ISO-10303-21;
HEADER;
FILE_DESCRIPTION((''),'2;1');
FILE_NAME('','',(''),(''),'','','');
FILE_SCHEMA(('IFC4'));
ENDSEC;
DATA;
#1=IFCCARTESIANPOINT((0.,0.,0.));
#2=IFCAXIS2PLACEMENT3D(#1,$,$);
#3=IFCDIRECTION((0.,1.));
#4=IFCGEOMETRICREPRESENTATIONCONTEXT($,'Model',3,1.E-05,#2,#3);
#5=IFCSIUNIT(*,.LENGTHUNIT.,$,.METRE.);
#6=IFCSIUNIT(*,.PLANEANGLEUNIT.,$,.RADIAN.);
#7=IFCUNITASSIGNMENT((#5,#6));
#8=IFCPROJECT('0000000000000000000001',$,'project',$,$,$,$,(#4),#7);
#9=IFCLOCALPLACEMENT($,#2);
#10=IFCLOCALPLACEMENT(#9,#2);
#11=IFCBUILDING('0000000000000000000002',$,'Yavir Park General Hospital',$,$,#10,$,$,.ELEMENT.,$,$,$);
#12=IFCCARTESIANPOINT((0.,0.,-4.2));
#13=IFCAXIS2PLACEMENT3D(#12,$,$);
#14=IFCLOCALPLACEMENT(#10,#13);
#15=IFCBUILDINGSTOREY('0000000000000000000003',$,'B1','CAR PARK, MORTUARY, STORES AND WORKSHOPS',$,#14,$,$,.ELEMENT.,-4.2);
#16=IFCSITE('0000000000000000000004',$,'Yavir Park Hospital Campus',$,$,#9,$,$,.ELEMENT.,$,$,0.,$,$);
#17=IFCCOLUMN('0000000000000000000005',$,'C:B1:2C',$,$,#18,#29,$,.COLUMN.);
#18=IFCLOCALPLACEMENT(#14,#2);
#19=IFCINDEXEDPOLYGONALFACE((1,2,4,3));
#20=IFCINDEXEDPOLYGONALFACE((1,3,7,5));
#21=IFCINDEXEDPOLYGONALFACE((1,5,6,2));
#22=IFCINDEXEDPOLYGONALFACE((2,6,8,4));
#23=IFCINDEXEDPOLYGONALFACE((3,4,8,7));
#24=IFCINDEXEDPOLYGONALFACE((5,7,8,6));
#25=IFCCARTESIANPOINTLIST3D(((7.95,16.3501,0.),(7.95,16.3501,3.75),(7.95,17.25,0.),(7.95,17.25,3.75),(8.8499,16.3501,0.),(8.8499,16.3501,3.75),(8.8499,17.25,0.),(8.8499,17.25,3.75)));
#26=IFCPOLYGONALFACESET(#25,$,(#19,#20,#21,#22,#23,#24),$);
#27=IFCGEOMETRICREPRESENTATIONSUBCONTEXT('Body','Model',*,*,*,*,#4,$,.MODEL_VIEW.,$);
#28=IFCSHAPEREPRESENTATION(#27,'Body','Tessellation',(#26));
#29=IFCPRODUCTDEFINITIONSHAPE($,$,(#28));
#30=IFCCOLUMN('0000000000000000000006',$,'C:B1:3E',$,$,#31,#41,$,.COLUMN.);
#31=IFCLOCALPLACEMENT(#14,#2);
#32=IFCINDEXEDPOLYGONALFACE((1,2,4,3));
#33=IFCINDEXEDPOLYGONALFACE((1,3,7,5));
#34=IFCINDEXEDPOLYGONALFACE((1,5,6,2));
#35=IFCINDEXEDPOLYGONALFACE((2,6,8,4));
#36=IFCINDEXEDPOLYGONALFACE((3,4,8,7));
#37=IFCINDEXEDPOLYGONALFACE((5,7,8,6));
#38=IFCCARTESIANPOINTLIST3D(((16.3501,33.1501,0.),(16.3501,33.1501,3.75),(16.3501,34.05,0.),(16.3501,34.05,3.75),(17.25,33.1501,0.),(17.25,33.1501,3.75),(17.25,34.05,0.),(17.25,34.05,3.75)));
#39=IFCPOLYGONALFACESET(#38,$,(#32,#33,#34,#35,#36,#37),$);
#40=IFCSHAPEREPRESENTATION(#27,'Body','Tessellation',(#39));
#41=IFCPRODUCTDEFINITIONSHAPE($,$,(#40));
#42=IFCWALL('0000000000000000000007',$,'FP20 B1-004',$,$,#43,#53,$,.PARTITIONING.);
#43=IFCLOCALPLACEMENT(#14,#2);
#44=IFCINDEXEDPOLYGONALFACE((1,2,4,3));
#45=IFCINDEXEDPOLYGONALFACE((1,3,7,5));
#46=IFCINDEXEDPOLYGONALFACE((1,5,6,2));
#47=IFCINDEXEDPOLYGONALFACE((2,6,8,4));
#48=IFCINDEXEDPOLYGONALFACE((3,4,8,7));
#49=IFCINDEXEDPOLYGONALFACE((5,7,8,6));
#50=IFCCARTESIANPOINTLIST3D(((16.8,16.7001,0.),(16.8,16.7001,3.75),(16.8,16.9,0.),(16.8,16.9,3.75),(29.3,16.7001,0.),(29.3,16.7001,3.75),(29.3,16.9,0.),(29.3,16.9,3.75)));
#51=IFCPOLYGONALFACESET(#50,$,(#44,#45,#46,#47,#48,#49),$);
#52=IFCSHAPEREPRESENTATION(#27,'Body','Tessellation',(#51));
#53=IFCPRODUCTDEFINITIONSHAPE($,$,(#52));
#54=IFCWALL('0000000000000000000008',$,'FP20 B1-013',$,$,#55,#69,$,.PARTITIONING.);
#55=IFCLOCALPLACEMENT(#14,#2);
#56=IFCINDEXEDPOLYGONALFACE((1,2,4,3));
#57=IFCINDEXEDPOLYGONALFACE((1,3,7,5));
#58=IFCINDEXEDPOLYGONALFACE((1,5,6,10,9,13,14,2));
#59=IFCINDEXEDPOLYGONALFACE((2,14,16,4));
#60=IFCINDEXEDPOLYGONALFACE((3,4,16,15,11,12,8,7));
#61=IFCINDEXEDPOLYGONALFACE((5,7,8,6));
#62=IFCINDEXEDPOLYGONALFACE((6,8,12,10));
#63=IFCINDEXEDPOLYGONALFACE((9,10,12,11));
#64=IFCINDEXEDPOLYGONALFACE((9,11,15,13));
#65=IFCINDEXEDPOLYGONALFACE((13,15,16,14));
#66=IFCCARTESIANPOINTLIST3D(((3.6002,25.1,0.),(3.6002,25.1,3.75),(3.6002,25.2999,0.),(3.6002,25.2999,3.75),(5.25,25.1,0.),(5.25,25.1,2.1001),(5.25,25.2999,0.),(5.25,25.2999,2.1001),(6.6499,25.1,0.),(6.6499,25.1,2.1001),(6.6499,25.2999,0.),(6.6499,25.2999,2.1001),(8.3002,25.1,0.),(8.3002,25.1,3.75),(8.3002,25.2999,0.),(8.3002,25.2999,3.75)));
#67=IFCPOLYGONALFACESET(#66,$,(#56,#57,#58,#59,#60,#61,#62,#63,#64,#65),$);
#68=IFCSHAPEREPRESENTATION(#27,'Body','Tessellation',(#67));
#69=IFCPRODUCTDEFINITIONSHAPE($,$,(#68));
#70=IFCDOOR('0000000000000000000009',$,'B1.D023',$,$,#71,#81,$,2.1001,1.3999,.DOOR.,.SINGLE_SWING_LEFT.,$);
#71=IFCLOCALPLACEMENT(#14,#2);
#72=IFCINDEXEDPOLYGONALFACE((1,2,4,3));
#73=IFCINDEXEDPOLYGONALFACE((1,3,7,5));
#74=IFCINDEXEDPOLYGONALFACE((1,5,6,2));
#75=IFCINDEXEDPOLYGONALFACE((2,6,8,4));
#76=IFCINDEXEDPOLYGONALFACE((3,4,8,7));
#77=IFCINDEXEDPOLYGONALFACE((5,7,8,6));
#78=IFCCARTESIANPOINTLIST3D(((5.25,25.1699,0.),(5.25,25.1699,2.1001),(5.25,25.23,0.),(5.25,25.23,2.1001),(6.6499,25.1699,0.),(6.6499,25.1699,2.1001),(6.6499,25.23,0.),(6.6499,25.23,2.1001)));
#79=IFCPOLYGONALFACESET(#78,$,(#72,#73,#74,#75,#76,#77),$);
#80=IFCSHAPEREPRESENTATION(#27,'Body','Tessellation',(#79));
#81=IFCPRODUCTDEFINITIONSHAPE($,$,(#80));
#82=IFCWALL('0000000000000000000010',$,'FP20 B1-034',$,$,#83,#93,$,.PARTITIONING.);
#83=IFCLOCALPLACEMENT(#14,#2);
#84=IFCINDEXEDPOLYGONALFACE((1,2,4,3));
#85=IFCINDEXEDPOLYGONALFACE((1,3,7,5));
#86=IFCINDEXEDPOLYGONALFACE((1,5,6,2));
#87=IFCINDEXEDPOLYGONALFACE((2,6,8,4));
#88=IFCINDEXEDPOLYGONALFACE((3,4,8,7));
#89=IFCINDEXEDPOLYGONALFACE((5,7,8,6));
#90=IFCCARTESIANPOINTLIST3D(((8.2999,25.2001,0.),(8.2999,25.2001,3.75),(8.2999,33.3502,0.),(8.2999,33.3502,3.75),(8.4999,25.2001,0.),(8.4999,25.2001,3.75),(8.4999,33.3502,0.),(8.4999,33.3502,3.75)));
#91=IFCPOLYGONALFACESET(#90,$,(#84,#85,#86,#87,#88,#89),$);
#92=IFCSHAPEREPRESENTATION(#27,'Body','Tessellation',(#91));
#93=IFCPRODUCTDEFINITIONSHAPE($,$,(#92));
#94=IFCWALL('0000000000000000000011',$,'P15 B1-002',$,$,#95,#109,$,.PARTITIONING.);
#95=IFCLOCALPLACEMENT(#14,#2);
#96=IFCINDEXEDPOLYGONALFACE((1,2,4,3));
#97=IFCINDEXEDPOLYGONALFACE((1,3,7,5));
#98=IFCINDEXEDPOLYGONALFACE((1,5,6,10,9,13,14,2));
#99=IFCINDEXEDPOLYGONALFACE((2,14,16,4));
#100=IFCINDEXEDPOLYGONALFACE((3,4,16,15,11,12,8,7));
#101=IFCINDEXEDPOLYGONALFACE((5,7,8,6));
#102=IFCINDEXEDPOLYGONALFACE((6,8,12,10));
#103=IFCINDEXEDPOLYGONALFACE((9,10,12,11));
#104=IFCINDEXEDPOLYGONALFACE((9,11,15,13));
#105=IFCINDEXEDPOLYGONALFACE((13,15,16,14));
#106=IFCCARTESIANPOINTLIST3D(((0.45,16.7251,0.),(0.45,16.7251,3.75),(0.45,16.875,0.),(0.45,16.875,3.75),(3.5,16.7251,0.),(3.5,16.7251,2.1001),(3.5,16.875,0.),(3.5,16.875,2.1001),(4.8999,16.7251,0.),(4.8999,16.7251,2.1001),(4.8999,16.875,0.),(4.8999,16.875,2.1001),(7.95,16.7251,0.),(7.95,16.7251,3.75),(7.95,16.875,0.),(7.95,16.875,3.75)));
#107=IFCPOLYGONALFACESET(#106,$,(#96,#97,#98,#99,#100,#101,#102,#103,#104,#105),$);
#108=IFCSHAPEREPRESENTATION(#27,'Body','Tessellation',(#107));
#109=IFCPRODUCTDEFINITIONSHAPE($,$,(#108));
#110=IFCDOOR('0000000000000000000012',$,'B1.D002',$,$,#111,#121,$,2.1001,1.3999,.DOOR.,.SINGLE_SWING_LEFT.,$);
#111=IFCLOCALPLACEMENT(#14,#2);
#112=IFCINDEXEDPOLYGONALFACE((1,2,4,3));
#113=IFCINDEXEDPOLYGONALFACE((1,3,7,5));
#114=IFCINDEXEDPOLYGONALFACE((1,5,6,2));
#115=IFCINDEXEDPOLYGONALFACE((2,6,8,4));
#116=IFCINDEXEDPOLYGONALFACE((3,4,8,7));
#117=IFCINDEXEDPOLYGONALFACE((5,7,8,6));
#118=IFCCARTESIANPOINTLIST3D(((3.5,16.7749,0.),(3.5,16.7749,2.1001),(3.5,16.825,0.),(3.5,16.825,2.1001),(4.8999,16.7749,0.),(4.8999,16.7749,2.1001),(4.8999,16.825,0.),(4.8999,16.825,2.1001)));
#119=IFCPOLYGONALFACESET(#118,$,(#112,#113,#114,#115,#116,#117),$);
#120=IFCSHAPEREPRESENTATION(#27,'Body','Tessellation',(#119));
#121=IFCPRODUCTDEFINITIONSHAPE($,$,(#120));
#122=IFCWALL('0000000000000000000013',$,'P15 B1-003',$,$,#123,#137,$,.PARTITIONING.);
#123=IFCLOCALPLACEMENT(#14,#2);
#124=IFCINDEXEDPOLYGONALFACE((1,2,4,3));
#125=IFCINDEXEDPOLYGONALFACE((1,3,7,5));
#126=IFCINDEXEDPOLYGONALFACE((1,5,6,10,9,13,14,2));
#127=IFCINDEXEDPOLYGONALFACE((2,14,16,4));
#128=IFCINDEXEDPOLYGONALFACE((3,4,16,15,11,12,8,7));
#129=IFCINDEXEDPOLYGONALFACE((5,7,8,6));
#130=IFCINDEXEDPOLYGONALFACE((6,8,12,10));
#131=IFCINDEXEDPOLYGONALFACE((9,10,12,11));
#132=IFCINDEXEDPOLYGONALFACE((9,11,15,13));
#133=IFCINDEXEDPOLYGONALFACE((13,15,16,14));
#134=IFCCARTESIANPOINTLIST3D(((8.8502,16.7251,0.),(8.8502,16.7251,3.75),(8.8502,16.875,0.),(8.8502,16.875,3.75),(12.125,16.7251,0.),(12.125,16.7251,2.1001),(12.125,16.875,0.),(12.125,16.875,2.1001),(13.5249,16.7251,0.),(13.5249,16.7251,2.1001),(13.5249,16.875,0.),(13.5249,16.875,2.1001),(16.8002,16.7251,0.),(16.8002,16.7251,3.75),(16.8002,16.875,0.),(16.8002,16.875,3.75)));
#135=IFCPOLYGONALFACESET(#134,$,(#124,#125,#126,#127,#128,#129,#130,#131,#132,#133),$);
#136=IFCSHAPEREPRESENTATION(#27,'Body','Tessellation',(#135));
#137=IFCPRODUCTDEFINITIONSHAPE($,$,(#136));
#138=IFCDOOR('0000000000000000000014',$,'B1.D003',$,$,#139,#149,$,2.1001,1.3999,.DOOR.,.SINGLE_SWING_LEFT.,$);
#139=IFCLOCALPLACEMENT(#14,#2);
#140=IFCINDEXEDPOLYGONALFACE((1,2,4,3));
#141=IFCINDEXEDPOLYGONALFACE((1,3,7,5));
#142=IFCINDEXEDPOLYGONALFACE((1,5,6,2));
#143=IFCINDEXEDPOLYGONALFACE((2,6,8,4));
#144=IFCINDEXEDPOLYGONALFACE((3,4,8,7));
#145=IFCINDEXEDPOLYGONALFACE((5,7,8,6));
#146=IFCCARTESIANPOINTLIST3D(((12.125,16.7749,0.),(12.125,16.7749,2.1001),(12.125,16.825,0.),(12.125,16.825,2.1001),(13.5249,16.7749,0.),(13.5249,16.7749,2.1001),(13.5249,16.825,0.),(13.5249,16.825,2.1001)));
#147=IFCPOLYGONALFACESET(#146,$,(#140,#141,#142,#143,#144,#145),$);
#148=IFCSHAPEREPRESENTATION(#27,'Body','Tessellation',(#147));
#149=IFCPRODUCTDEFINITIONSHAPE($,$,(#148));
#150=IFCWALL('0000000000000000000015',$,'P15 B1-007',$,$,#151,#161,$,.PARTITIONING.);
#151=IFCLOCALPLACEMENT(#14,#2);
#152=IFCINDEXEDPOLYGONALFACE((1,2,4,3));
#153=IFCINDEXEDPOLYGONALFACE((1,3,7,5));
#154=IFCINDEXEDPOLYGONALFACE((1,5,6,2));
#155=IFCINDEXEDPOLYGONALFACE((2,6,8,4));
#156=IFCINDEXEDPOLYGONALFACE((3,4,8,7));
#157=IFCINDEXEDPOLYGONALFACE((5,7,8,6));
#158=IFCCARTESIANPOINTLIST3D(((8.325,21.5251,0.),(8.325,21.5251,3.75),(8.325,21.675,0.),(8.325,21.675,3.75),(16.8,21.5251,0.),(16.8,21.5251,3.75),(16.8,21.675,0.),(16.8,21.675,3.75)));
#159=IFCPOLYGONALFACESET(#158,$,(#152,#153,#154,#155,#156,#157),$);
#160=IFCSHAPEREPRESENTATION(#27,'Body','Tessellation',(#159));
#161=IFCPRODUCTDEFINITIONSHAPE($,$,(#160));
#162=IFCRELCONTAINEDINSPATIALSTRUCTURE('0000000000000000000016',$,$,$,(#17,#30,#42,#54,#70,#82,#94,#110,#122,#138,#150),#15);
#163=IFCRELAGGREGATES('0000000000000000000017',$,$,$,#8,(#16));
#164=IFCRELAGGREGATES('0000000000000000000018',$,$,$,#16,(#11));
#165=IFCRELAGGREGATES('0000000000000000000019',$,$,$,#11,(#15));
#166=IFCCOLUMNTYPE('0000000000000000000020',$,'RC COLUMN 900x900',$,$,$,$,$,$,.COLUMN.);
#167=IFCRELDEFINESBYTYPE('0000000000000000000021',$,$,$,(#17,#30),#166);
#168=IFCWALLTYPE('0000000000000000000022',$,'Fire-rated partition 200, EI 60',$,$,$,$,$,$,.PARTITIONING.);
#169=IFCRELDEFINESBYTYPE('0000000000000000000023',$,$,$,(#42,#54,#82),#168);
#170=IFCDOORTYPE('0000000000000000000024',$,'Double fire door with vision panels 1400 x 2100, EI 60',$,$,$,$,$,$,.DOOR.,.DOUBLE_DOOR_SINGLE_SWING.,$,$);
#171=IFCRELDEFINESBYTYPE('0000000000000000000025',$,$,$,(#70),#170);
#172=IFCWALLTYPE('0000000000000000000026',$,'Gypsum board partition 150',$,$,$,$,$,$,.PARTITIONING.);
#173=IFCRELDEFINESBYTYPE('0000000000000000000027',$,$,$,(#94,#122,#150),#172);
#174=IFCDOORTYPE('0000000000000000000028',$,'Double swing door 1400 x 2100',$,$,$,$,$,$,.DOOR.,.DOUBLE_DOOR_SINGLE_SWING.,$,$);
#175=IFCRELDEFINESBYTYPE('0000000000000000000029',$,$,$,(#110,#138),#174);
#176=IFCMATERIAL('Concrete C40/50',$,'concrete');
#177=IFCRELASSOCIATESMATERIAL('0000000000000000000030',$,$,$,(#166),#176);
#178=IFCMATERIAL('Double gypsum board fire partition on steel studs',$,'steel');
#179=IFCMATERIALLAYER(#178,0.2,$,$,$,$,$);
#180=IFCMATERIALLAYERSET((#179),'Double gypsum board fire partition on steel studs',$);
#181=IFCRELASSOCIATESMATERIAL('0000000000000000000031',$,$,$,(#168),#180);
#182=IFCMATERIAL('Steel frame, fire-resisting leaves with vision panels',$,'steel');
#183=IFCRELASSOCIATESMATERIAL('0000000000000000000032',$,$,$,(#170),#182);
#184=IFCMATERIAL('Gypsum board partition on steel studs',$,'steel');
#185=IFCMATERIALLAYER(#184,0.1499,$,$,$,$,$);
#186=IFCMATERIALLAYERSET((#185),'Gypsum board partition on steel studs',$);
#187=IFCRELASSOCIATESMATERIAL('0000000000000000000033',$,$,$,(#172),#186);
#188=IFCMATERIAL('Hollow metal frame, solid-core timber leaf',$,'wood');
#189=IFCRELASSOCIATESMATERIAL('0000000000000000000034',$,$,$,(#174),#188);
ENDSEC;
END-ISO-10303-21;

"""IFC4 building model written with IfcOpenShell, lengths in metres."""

from ifc_helpers import new_model, si_unit, direction, frame, frame_2d, origin, origin_2d, place, context, subcontext, project, spatial, rectangle, extrude, material, layer, layer_set, material_profile, profile_set, type_object, element, fill, save


model = new_model("IFC4")

# Units and contexts
model_context = context("Model", 3, precision=1e-05, world=origin(), true_north=direction((0.0, 1.0)))
body_context = subcontext(model_context, "Body", "Model", "MODEL_VIEW")
ifc_project = project(units=[si_unit("LENGTHUNIT", "METRE"), si_unit("PLANEANGLEUNIT", "RADIAN")], contexts=[model_context])

# Site, building, storey
site_placement = place(None, origin())
site = spatial("IfcSite", under=ifc_project, at=site_placement, Name="Yavir Park Hospital Campus", CompositionType="ELEMENT", RefElevation=0.0)
building_placement = place(site_placement, origin())
building = spatial("IfcBuilding", under=site, at=building_placement, Name="Yavir Park General Hospital", CompositionType="ELEMENT")
storey_placement = place(building_placement, frame((0.0, 0.0, -4.2)))
storey = spatial("IfcBuildingStorey", under=building, at=storey_placement, Name="B1", Description="CAR PARK, MORTUARY, STORES AND WORKSHOPS", CompositionType="ELEMENT", Elevation=-4.2)

# Columns
ifc_material_1 = material(Name="Concrete C40/50", Category="concrete")
ifc_material_profile = material_profile(ifc_material_1, rectangle(XDim=0.8999, YDim=0.8999, at=origin_2d()), Name="RC900x900")
ifc_profile_set = profile_set([ifc_material_profile], Name="Concrete C40/50")
column_type = type_object("IfcColumnType", Name="RC COLUMN 900x900", PredefinedType="COLUMN", material=ifc_profile_set)
for number, where, z_axis, x_axis, name in (
    (1, (8.3999, 16.8, 0.0), (0.0, 0.0, 1.0), (1.0, 0.0, 0.0), "C:B1:2C"),
    (2, (16.8, 33.6001, 0.0), (0.0, 0.0, 1.0), (1.0, 0.0, 0.0), "C:B1:3E"),
):
    element("IfcColumn", number, at=place(storey_placement, frame(where, z_axis=z_axis, x_axis=x_axis)), inside=storey, type_object=column_type, Name=name, PredefinedType="COLUMN", context=body_context, shape_type="SweptSolid", body=[
        extrude(rectangle(XDim=0.8999, YDim=0.8999, at=origin_2d()), origin(), (0.0, 0.0, 1.0), 3.75),
    ])

# Wall
ifc_material_2 = material(Name="Double gypsum board fire partition on steel studs", Category="steel")
ifc_layer_1 = layer(ifc_material_2, 0.2)
ifc_layer_set_1 = layer_set([ifc_layer_1], Name="Double gypsum board fire partition on steel studs")
wall_type_1 = type_object("IfcWallType", Name="Fire-rated partition 200, EI 60", PredefinedType="PARTITIONING", material=ifc_layer_set_1)
wall_1_placement = place(storey_placement, frame((16.8, 16.8, 0.0), z_axis=(0.0, 0.0, 1.0), x_axis=(1.0, 0.0, 0.0)))
element("IfcWall", 3, at=wall_1_placement, inside=storey, type_object=wall_type_1, Name="FP20 B1-004", PredefinedType="PARTITIONING", context=body_context, shape_type="SweptSolid", body=[
    extrude(rectangle(XDim=12.5, YDim=0.2, at=frame_2d((6.25, 0.0))), origin(), (0.0, 0.0, 1.0), 3.75),
])

# Wall, opening, door
wall_2_placement = place(storey_placement, frame((3.6001, 25.2, 0.0), z_axis=(0.0, 0.0, 1.0), x_axis=(1.0, 0.0, 0.0)))
wall_2 = element("IfcWall", 4, at=wall_2_placement, inside=storey, type_object=wall_type_1, Name="FP20 B1-013", PredefinedType="PARTITIONING", context=body_context, shape_type="SweptSolid", body=[
    extrude(rectangle(XDim=4.7, YDim=0.2, at=frame_2d((2.3501, 0.0))), origin(), (0.0, 0.0, 1.0), 3.75),
])
opening_1_placement = place(wall_2_placement, frame((1.6499, 0.0, 0.0)))
opening_1 = element("IfcOpeningElement", 5, at=opening_1_placement, cuts=wall_2, PredefinedType="OPENING", context=body_context, shape_type="SweptSolid", body=[
    extrude(rectangle(XDim=1.3999, YDim=2.1001, at=frame_2d((0.7, 1.05))), frame((0.0, 0.1099, 0.0), z_axis=(0.0, -1.0, 0.0), x_axis=(1.0, 0.0, 0.0)), (0.0, 0.0, 1.0), 0.22),
])
ifc_material_3 = material(Name="Steel frame, fire-resisting leaves with vision panels", Category="steel")
door_type_1 = type_object("IfcDoorType", Name="Double fire door with vision panels 1400 x 2100, EI 60", OperationType="DOUBLE_DOOR_SINGLE_SWING", PredefinedType="DOOR", material=ifc_material_3)
door_1_placement = place(opening_1_placement, origin())
door_1 = element("IfcDoor", 6, at=door_1_placement, inside=storey, type_object=door_type_1, Name="B1.D023", OperationType="SINGLE_SWING_LEFT", OverallHeight=2.1001, OverallWidth=1.3999, PredefinedType="DOOR", context=body_context, shape_type="SweptSolid", body=[
    extrude(rectangle(XDim=1.3999, YDim=2.1001, at=frame_2d((0.7, 1.05))), frame((0.0, 0.03, 0.0), z_axis=(0.0, -1.0, 0.0), x_axis=(1.0, 0.0, 0.0)), (0.0, 0.0, 1.0), 0.0601),
])
fill(opening_1, door_1)

# Wall
wall_3_placement = place(storey_placement, frame((8.3999, 25.2, 0.0), z_axis=(0.0, 0.0, 1.0), x_axis=(0.0, 1.0, 0.0)))
element("IfcWall", 7, at=wall_3_placement, inside=storey, type_object=wall_type_1, Name="FP20 B1-034", PredefinedType="PARTITIONING", context=body_context, shape_type="SweptSolid", body=[
    extrude(rectangle(XDim=8.1501, YDim=0.2, at=frame_2d((4.0752, 0.0))), origin(), (0.0, 0.0, 1.0), 3.75),
])

# Walls, openings, doors
ifc_material_4 = material(Name="Gypsum board partition on steel studs", Category="steel")
ifc_layer_2 = layer(ifc_material_4, 0.1499)
ifc_layer_set_2 = layer_set([ifc_layer_2], Name="Gypsum board partition on steel studs")
wall_type_2 = type_object("IfcWallType", Name="Gypsum board partition 150", PredefinedType="PARTITIONING", material=ifc_layer_set_2)
wall_4_placement = place(storey_placement, frame((0.45, 16.8, 0.0), z_axis=(0.0, 0.0, 1.0), x_axis=(1.0, 0.0, 0.0)))
wall_4 = element("IfcWall", 8, at=wall_4_placement, inside=storey, type_object=wall_type_2, Name="P15 B1-002", PredefinedType="PARTITIONING", context=body_context, shape_type="SweptSolid", body=[
    extrude(rectangle(XDim=7.5, YDim=0.1499, at=frame_2d((3.75, 0.0))), origin(), (0.0, 0.0, 1.0), 3.75),
])
opening_2_placement = place(wall_4_placement, frame((3.05, 0.0, 0.0)))
opening_2 = element("IfcOpeningElement", 9, at=opening_2_placement, cuts=wall_4, PredefinedType="OPENING", context=body_context, shape_type="SweptSolid", body=[
    extrude(rectangle(XDim=1.3999, YDim=2.1001, at=frame_2d((0.7, 1.05))), frame((0.0, 0.085, 0.0), z_axis=(0.0, -1.0, 0.0), x_axis=(1.0, 0.0, 0.0)), (0.0, 0.0, 1.0), 0.1699),
])
ifc_material_5 = material(Name="Hollow metal frame, solid-core timber leaf", Category="wood")
door_type_2 = type_object("IfcDoorType", Name="Double swing door 1400 x 2100", OperationType="DOUBLE_DOOR_SINGLE_SWING", PredefinedType="DOOR", material=ifc_material_5)
door_2_placement = place(opening_2_placement, origin())
door_2 = element("IfcDoor", 10, at=door_2_placement, inside=storey, type_object=door_type_2, Name="B1.D002", OperationType="SINGLE_SWING_LEFT", OverallHeight=2.1001, OverallWidth=1.3999, PredefinedType="DOOR", context=body_context, shape_type="SweptSolid", body=[
    extrude(rectangle(XDim=1.3999, YDim=2.1001, at=frame_2d((0.7, 1.05))), frame((0.0, 0.0249, 0.0), z_axis=(0.0, -1.0, 0.0), x_axis=(1.0, 0.0, 0.0)), (0.0, 0.0, 1.0), 0.05),
])
fill(opening_2, door_2)
wall_5_placement = place(storey_placement, frame((8.8501, 16.8, 0.0), z_axis=(0.0, 0.0, 1.0), x_axis=(1.0, 0.0, 0.0)))
wall_5 = element("IfcWall", 11, at=wall_5_placement, inside=storey, type_object=wall_type_2, Name="P15 B1-003", PredefinedType="PARTITIONING", context=body_context, shape_type="SweptSolid", body=[
    extrude(rectangle(XDim=7.95, YDim=0.1499, at=frame_2d((3.9751, 0.0))), origin(), (0.0, 0.0, 1.0), 3.75),
])
opening_3_placement = place(wall_5_placement, frame((3.2749, 0.0, 0.0)))
opening_3 = element("IfcOpeningElement", 12, at=opening_3_placement, cuts=wall_5, PredefinedType="OPENING", context=body_context, shape_type="SweptSolid", body=[
    extrude(rectangle(XDim=1.3999, YDim=2.1001, at=frame_2d((0.7, 1.05))), frame((0.0, 0.085, 0.0), z_axis=(0.0, -1.0, 0.0), x_axis=(1.0, 0.0, 0.0)), (0.0, 0.0, 1.0), 0.1699),
])
door_3_placement = place(opening_3_placement, origin())
door_3 = element("IfcDoor", 13, at=door_3_placement, inside=storey, type_object=door_type_2, Name="B1.D003", OperationType="SINGLE_SWING_LEFT", OverallHeight=2.1001, OverallWidth=1.3999, PredefinedType="DOOR", context=body_context, shape_type="SweptSolid", body=[
    extrude(rectangle(XDim=1.3999, YDim=2.1001, at=frame_2d((0.7, 1.05))), frame((0.0, 0.0249, 0.0), z_axis=(0.0, -1.0, 0.0), x_axis=(1.0, 0.0, 0.0)), (0.0, 0.0, 1.0), 0.05),
])
fill(opening_3, door_3)

# Wall
wall_6_placement = place(storey_placement, frame((8.325, 21.6001, 0.0), z_axis=(0.0, 0.0, 1.0), x_axis=(1.0, 0.0, 0.0)))
element("IfcWall", 14, at=wall_6_placement, inside=storey, type_object=wall_type_2, Name="P15 B1-007", PredefinedType="PARTITIONING", context=body_context, shape_type="SweptSolid", body=[
    extrude(rectangle(XDim=8.4751, YDim=0.1499, at=frame_2d((4.2375, 0.0))), origin(), (0.0, 0.0, 1.0), 3.75),
])

save(model, "model.ifc")
